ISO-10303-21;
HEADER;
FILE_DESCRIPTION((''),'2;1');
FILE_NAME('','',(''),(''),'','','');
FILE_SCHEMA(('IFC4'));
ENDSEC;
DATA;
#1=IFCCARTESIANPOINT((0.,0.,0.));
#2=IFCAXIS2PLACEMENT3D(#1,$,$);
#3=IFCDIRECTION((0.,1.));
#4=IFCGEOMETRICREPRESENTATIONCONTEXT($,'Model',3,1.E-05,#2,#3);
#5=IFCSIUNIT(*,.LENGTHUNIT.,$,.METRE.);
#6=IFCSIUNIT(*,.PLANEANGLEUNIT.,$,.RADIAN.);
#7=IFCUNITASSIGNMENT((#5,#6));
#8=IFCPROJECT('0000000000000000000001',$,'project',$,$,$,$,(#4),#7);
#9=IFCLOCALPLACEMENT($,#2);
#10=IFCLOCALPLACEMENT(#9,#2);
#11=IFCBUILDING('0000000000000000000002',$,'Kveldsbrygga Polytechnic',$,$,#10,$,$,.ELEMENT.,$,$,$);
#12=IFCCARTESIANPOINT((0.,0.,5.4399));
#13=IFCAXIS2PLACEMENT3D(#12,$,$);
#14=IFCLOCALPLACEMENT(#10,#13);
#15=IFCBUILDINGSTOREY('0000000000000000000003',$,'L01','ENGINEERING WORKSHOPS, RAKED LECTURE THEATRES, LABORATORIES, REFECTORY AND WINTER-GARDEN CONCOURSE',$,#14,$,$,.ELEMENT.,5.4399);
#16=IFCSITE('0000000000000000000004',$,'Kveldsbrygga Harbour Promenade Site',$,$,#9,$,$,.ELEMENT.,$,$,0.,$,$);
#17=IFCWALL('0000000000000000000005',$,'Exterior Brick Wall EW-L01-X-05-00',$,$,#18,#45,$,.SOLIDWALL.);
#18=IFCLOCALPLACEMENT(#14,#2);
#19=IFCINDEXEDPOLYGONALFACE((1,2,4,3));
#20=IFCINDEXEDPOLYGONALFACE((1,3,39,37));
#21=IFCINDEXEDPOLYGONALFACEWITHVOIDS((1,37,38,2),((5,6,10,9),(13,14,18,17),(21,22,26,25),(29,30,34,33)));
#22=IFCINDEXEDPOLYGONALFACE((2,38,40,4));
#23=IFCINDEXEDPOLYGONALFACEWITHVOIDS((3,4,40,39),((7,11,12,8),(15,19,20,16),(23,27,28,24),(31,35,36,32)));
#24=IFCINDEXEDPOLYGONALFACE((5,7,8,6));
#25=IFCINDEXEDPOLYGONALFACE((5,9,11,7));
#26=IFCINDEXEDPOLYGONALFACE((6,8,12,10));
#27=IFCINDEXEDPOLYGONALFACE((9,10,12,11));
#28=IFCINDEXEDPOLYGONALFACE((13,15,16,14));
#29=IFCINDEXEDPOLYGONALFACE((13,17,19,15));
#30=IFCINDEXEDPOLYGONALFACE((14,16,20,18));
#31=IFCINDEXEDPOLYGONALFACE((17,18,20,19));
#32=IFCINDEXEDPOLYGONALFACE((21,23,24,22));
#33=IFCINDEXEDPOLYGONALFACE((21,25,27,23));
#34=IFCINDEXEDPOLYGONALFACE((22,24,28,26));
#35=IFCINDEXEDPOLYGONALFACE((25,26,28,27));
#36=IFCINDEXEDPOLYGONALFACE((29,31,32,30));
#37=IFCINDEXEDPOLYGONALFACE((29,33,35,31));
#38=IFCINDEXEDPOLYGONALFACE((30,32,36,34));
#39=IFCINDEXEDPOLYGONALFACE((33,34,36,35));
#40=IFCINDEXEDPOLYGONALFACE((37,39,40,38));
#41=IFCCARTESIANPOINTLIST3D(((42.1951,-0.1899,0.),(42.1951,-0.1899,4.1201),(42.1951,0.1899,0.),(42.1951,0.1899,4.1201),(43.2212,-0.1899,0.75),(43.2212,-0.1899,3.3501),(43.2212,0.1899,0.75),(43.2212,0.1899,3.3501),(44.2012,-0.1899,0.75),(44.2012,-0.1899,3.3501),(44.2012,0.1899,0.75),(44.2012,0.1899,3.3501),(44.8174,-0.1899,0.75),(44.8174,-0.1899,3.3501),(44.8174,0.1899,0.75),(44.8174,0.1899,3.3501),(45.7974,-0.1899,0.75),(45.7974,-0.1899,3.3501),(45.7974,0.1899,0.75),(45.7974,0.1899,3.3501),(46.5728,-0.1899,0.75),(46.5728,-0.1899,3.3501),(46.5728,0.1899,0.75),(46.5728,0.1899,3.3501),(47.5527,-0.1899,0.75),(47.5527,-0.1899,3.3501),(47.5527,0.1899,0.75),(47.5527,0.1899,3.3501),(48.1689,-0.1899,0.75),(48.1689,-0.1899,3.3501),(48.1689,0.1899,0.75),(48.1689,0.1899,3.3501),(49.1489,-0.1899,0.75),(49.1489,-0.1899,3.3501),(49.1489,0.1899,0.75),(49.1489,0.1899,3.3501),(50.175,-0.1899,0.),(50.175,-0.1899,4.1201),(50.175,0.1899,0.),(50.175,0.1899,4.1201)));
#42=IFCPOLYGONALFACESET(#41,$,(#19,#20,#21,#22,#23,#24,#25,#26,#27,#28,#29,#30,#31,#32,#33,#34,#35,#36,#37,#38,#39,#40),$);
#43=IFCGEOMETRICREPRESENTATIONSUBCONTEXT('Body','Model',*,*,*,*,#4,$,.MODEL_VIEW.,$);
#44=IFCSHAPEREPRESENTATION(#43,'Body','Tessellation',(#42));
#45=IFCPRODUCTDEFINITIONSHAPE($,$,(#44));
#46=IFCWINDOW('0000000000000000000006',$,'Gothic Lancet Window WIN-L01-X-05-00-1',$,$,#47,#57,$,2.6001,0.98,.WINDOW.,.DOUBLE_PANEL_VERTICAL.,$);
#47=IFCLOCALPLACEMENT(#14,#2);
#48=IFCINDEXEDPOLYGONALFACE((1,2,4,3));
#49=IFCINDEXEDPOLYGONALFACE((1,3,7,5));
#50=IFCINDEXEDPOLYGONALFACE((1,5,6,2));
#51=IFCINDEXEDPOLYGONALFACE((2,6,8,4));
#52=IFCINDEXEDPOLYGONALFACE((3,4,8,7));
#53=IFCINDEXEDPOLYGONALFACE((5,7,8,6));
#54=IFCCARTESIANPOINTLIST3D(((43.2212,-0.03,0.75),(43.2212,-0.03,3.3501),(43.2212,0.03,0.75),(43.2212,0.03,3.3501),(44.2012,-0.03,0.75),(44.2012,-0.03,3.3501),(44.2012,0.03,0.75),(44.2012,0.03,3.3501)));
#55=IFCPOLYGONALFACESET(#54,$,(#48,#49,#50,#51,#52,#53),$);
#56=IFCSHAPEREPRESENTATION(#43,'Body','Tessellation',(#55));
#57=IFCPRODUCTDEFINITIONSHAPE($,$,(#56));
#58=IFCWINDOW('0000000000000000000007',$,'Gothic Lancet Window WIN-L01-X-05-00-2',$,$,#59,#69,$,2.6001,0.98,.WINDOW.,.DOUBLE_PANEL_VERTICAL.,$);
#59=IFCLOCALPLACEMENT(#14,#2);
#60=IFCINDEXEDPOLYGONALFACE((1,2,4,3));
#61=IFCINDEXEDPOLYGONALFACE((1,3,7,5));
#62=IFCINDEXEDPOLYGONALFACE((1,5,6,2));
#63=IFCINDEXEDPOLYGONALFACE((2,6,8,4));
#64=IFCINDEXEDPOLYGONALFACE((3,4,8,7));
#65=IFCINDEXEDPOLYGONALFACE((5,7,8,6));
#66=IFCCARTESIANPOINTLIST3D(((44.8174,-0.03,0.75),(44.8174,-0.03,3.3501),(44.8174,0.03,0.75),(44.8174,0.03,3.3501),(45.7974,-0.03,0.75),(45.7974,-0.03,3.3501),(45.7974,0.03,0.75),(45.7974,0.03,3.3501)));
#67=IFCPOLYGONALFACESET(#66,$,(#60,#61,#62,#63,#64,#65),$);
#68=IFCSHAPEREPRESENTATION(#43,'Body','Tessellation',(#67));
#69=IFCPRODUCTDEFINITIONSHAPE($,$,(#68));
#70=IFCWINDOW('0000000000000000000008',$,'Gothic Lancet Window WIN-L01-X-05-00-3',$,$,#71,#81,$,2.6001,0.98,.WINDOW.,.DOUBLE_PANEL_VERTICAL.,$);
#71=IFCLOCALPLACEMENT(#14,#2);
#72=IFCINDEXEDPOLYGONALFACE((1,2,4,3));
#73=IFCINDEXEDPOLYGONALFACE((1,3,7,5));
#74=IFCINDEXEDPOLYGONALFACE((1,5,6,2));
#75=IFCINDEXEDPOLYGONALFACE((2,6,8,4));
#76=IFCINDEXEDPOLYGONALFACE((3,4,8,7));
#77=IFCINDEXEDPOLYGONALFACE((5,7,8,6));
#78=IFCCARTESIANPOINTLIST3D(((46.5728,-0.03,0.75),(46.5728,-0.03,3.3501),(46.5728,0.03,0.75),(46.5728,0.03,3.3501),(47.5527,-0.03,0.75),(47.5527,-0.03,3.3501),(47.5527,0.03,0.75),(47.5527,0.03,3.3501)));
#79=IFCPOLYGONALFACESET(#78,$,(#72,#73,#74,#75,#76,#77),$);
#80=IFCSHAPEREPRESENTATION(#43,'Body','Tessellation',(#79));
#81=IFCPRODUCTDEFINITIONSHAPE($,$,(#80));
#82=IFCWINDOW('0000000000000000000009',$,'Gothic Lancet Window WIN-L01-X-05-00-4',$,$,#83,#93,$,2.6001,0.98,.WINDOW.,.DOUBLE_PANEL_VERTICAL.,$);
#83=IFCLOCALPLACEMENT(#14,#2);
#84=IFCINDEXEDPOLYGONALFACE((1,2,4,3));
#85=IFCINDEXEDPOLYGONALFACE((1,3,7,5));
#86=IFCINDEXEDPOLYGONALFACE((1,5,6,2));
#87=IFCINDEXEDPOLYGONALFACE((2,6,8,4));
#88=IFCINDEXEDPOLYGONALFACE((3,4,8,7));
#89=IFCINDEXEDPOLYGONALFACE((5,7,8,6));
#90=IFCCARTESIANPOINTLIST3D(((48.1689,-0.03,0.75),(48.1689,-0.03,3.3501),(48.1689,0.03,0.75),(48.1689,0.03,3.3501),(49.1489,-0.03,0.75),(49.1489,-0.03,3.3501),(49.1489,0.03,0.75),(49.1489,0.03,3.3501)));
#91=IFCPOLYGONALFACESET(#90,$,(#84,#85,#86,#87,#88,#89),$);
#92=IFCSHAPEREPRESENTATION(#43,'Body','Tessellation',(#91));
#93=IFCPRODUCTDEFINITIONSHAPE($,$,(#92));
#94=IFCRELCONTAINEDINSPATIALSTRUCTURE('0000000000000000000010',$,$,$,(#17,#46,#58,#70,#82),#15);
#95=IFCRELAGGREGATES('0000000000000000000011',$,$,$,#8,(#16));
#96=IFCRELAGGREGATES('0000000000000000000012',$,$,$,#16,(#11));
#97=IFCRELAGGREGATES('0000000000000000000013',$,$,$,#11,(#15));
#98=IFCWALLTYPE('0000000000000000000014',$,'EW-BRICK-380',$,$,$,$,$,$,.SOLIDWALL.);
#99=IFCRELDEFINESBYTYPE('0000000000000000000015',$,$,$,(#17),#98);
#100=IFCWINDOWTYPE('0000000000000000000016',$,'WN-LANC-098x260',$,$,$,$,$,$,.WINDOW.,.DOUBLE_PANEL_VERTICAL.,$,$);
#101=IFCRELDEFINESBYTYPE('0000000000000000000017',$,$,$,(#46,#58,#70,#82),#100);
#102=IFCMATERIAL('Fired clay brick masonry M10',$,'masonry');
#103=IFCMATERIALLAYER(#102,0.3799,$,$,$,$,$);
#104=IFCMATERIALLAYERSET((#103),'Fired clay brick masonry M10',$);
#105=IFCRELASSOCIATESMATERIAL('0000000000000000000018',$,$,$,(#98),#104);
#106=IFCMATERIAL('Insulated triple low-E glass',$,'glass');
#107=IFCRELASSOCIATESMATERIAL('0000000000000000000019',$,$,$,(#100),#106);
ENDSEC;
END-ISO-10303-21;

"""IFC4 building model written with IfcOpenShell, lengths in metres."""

from ifc_helpers import new_model, si_unit, direction, frame, frame_2d, origin, place, context, subcontext, project, spatial, rectangle, extrude, material, layer, layer_set, type_object, element, fill, save


model = new_model("IFC4")

# Units and contexts
model_context = context("Model", 3, precision=1e-05, world=origin(), true_north=direction((0.0, 1.0)))
body_context = subcontext(model_context, "Body", "Model", "MODEL_VIEW")
ifc_project = project(units=[si_unit("LENGTHUNIT", "METRE"), si_unit("PLANEANGLEUNIT", "RADIAN")], contexts=[model_context])

# Site, building, storey
site_placement = place(None, origin())
site = spatial("IfcSite", under=ifc_project, at=site_placement, Name="Kveldsbrygga Harbour Promenade Site", CompositionType="ELEMENT", RefElevation=0.0)
building_placement = place(site_placement, origin())
building = spatial("IfcBuilding", under=site, at=building_placement, Name="Kveldsbrygga Polytechnic", CompositionType="ELEMENT")
storey_placement = place(building_placement, frame((0.0, 0.0, 5.4399)))
storey = spatial("IfcBuildingStorey", under=building, at=storey_placement, Name="L01", Description="ENGINEERING WORKSHOPS, RAKED LECTURE THEATRES, LABORATORIES, REFECTORY AND WINTER-GARDEN CONCOURSE", CompositionType="ELEMENT", Elevation=5.4399)

# Wall, openings, windows
ifc_material_1 = material(Name="Fired clay brick masonry M10", Category="masonry")
ifc_layer_1 = layer(ifc_material_1, 0.3799)
ifc_layer_set_1 = layer_set([ifc_layer_1], Name="Fired clay brick masonry M10")
wall_type_1 = type_object("IfcWallType", Name="EW-BRICK-380", PredefinedType="SOLIDWALL", material=ifc_layer_set_1)
wall_1_placement = place(storey_placement, frame((42.1951, 0.0, 0.0), z_axis=(0.0, 0.0, 1.0), x_axis=(1.0, 0.0, 0.0)))
wall_1 = element("IfcWall", 1, at=wall_1_placement, inside=storey, type_object=wall_type_1, Name="Exterior Brick Wall EW-L01-X-05-00", PredefinedType="SOLIDWALL", context=body_context, shape_type="SweptSolid", body=[
    extrude(rectangle(XDim=7.98, YDim=0.3799, at=frame_2d((3.99, 0.0))), origin(), (0.0, 0.0, 1.0), 4.1201),
])
opening_1_placement = place(wall_1_placement, frame((1.0261, 0.0, 0.75)))
opening_1 = element("IfcOpeningElement", 2, at=opening_1_placement, cuts=wall_1, PredefinedType="OPENING", context=body_context, shape_type="SweptSolid", body=[
    extrude(rectangle(XDim=0.98, YDim=2.6001, at=frame_2d((0.49, 1.3))), frame((0.0, 0.2, 0.0), z_axis=(0.0, -1.0, 0.0), x_axis=(1.0, 0.0, 0.0)), (0.0, 0.0, 1.0), 0.3999),
])
opening_2_placement = place(wall_1_placement, frame((2.6223, 0.0, 0.75)))
opening_2 = element("IfcOpeningElement", 3, at=opening_2_placement, cuts=wall_1, PredefinedType="OPENING", context=body_context, shape_type="SweptSolid", body=[
    extrude(rectangle(XDim=0.98, YDim=2.6001, at=frame_2d((0.49, 1.3))), frame((0.0, 0.2, 0.0), z_axis=(0.0, -1.0, 0.0), x_axis=(1.0, 0.0, 0.0)), (0.0, 0.0, 1.0), 0.3999),
])
opening_3_placement = place(wall_1_placement, frame((4.3777, 0.0, 0.75)))
opening_3 = element("IfcOpeningElement", 4, at=opening_3_placement, cuts=wall_1, PredefinedType="OPENING", context=body_context, shape_type="SweptSolid", body=[
    extrude(rectangle(XDim=0.98, YDim=2.6001, at=frame_2d((0.49, 1.3))), frame((0.0, 0.2, 0.0), z_axis=(0.0, -1.0, 0.0), x_axis=(1.0, 0.0, 0.0)), (0.0, 0.0, 1.0), 0.3999),
])
opening_4_placement = place(wall_1_placement, frame((5.9739, 0.0, 0.75)))
opening_4 = element("IfcOpeningElement", 5, at=opening_4_placement, cuts=wall_1, PredefinedType="OPENING", context=body_context, shape_type="SweptSolid", body=[
    extrude(rectangle(XDim=0.98, YDim=2.6001, at=frame_2d((0.49, 1.3))), frame((0.0, 0.2, 0.0), z_axis=(0.0, -1.0, 0.0), x_axis=(1.0, 0.0, 0.0)), (0.0, 0.0, 1.0), 0.3999),
])
ifc_material_2 = material(Name="Insulated triple low-E glass", Category="glass")
window_type_1 = type_object("IfcWindowType", Name="WN-LANC-098x260", PartitioningType="DOUBLE_PANEL_VERTICAL", PredefinedType="WINDOW", material=ifc_material_2)
window_1_placement = place(opening_1_placement, origin())
window_1 = element("IfcWindow", 6, at=window_1_placement, inside=storey, type_object=window_type_1, Name="Gothic Lancet Window WIN-L01-X-05-00-1", OverallHeight=2.6001, OverallWidth=0.98, PartitioningType="DOUBLE_PANEL_VERTICAL", PredefinedType="WINDOW", context=body_context, shape_type="SweptSolid", body=[
    extrude(rectangle(XDim=0.98, YDim=2.6001, at=frame_2d((0.49, 1.3))), frame((0.0, 0.03, 0.0), z_axis=(0.0, -1.0, 0.0), x_axis=(1.0, 0.0, 0.0)), (0.0, 0.0, 1.0), 0.0601),
])
fill(opening_1, window_1)
window_2_placement = place(opening_2_placement, origin())
window_2 = element("IfcWindow", 7, at=window_2_placement, inside=storey, type_object=window_type_1, Name="Gothic Lancet Window WIN-L01-X-05-00-2", OverallHeight=2.6001, OverallWidth=0.98, PartitioningType="DOUBLE_PANEL_VERTICAL", PredefinedType="WINDOW", context=body_context, shape_type="SweptSolid", body=[
    extrude(rectangle(XDim=0.98, YDim=2.6001, at=frame_2d((0.49, 1.3))), frame((0.0, 0.03, 0.0), z_axis=(0.0, -1.0, 0.0), x_axis=(1.0, 0.0, 0.0)), (0.0, 0.0, 1.0), 0.0601),
])
fill(opening_2, window_2)
window_3_placement = place(opening_3_placement, origin())
window_3 = element("IfcWindow", 8, at=window_3_placement, inside=storey, type_object=window_type_1, Name="Gothic Lancet Window WIN-L01-X-05-00-3", OverallHeight=2.6001, OverallWidth=0.98, PartitioningType="DOUBLE_PANEL_VERTICAL", PredefinedType="WINDOW", context=body_context, shape_type="SweptSolid", body=[
    extrude(rectangle(XDim=0.98, YDim=2.6001, at=frame_2d((0.49, 1.3))), frame((0.0, 0.03, 0.0), z_axis=(0.0, -1.0, 0.0), x_axis=(1.0, 0.0, 0.0)), (0.0, 0.0, 1.0), 0.0601),
])
fill(opening_3, window_3)
window_4_placement = place(opening_4_placement, origin())
window_4 = element("IfcWindow", 9, at=window_4_placement, inside=storey, type_object=window_type_1, Name="Gothic Lancet Window WIN-L01-X-05-00-4", OverallHeight=2.6001, OverallWidth=0.98, PartitioningType="DOUBLE_PANEL_VERTICAL", PredefinedType="WINDOW", context=body_context, shape_type="SweptSolid", body=[
    extrude(rectangle(XDim=0.98, YDim=2.6001, at=frame_2d((0.49, 1.3))), frame((0.0, 0.03, 0.0), z_axis=(0.0, -1.0, 0.0), x_axis=(1.0, 0.0, 0.0)), (0.0, 0.0, 1.0), 0.0601),
])
fill(opening_4, window_4)

save(model, "model.ifc")
